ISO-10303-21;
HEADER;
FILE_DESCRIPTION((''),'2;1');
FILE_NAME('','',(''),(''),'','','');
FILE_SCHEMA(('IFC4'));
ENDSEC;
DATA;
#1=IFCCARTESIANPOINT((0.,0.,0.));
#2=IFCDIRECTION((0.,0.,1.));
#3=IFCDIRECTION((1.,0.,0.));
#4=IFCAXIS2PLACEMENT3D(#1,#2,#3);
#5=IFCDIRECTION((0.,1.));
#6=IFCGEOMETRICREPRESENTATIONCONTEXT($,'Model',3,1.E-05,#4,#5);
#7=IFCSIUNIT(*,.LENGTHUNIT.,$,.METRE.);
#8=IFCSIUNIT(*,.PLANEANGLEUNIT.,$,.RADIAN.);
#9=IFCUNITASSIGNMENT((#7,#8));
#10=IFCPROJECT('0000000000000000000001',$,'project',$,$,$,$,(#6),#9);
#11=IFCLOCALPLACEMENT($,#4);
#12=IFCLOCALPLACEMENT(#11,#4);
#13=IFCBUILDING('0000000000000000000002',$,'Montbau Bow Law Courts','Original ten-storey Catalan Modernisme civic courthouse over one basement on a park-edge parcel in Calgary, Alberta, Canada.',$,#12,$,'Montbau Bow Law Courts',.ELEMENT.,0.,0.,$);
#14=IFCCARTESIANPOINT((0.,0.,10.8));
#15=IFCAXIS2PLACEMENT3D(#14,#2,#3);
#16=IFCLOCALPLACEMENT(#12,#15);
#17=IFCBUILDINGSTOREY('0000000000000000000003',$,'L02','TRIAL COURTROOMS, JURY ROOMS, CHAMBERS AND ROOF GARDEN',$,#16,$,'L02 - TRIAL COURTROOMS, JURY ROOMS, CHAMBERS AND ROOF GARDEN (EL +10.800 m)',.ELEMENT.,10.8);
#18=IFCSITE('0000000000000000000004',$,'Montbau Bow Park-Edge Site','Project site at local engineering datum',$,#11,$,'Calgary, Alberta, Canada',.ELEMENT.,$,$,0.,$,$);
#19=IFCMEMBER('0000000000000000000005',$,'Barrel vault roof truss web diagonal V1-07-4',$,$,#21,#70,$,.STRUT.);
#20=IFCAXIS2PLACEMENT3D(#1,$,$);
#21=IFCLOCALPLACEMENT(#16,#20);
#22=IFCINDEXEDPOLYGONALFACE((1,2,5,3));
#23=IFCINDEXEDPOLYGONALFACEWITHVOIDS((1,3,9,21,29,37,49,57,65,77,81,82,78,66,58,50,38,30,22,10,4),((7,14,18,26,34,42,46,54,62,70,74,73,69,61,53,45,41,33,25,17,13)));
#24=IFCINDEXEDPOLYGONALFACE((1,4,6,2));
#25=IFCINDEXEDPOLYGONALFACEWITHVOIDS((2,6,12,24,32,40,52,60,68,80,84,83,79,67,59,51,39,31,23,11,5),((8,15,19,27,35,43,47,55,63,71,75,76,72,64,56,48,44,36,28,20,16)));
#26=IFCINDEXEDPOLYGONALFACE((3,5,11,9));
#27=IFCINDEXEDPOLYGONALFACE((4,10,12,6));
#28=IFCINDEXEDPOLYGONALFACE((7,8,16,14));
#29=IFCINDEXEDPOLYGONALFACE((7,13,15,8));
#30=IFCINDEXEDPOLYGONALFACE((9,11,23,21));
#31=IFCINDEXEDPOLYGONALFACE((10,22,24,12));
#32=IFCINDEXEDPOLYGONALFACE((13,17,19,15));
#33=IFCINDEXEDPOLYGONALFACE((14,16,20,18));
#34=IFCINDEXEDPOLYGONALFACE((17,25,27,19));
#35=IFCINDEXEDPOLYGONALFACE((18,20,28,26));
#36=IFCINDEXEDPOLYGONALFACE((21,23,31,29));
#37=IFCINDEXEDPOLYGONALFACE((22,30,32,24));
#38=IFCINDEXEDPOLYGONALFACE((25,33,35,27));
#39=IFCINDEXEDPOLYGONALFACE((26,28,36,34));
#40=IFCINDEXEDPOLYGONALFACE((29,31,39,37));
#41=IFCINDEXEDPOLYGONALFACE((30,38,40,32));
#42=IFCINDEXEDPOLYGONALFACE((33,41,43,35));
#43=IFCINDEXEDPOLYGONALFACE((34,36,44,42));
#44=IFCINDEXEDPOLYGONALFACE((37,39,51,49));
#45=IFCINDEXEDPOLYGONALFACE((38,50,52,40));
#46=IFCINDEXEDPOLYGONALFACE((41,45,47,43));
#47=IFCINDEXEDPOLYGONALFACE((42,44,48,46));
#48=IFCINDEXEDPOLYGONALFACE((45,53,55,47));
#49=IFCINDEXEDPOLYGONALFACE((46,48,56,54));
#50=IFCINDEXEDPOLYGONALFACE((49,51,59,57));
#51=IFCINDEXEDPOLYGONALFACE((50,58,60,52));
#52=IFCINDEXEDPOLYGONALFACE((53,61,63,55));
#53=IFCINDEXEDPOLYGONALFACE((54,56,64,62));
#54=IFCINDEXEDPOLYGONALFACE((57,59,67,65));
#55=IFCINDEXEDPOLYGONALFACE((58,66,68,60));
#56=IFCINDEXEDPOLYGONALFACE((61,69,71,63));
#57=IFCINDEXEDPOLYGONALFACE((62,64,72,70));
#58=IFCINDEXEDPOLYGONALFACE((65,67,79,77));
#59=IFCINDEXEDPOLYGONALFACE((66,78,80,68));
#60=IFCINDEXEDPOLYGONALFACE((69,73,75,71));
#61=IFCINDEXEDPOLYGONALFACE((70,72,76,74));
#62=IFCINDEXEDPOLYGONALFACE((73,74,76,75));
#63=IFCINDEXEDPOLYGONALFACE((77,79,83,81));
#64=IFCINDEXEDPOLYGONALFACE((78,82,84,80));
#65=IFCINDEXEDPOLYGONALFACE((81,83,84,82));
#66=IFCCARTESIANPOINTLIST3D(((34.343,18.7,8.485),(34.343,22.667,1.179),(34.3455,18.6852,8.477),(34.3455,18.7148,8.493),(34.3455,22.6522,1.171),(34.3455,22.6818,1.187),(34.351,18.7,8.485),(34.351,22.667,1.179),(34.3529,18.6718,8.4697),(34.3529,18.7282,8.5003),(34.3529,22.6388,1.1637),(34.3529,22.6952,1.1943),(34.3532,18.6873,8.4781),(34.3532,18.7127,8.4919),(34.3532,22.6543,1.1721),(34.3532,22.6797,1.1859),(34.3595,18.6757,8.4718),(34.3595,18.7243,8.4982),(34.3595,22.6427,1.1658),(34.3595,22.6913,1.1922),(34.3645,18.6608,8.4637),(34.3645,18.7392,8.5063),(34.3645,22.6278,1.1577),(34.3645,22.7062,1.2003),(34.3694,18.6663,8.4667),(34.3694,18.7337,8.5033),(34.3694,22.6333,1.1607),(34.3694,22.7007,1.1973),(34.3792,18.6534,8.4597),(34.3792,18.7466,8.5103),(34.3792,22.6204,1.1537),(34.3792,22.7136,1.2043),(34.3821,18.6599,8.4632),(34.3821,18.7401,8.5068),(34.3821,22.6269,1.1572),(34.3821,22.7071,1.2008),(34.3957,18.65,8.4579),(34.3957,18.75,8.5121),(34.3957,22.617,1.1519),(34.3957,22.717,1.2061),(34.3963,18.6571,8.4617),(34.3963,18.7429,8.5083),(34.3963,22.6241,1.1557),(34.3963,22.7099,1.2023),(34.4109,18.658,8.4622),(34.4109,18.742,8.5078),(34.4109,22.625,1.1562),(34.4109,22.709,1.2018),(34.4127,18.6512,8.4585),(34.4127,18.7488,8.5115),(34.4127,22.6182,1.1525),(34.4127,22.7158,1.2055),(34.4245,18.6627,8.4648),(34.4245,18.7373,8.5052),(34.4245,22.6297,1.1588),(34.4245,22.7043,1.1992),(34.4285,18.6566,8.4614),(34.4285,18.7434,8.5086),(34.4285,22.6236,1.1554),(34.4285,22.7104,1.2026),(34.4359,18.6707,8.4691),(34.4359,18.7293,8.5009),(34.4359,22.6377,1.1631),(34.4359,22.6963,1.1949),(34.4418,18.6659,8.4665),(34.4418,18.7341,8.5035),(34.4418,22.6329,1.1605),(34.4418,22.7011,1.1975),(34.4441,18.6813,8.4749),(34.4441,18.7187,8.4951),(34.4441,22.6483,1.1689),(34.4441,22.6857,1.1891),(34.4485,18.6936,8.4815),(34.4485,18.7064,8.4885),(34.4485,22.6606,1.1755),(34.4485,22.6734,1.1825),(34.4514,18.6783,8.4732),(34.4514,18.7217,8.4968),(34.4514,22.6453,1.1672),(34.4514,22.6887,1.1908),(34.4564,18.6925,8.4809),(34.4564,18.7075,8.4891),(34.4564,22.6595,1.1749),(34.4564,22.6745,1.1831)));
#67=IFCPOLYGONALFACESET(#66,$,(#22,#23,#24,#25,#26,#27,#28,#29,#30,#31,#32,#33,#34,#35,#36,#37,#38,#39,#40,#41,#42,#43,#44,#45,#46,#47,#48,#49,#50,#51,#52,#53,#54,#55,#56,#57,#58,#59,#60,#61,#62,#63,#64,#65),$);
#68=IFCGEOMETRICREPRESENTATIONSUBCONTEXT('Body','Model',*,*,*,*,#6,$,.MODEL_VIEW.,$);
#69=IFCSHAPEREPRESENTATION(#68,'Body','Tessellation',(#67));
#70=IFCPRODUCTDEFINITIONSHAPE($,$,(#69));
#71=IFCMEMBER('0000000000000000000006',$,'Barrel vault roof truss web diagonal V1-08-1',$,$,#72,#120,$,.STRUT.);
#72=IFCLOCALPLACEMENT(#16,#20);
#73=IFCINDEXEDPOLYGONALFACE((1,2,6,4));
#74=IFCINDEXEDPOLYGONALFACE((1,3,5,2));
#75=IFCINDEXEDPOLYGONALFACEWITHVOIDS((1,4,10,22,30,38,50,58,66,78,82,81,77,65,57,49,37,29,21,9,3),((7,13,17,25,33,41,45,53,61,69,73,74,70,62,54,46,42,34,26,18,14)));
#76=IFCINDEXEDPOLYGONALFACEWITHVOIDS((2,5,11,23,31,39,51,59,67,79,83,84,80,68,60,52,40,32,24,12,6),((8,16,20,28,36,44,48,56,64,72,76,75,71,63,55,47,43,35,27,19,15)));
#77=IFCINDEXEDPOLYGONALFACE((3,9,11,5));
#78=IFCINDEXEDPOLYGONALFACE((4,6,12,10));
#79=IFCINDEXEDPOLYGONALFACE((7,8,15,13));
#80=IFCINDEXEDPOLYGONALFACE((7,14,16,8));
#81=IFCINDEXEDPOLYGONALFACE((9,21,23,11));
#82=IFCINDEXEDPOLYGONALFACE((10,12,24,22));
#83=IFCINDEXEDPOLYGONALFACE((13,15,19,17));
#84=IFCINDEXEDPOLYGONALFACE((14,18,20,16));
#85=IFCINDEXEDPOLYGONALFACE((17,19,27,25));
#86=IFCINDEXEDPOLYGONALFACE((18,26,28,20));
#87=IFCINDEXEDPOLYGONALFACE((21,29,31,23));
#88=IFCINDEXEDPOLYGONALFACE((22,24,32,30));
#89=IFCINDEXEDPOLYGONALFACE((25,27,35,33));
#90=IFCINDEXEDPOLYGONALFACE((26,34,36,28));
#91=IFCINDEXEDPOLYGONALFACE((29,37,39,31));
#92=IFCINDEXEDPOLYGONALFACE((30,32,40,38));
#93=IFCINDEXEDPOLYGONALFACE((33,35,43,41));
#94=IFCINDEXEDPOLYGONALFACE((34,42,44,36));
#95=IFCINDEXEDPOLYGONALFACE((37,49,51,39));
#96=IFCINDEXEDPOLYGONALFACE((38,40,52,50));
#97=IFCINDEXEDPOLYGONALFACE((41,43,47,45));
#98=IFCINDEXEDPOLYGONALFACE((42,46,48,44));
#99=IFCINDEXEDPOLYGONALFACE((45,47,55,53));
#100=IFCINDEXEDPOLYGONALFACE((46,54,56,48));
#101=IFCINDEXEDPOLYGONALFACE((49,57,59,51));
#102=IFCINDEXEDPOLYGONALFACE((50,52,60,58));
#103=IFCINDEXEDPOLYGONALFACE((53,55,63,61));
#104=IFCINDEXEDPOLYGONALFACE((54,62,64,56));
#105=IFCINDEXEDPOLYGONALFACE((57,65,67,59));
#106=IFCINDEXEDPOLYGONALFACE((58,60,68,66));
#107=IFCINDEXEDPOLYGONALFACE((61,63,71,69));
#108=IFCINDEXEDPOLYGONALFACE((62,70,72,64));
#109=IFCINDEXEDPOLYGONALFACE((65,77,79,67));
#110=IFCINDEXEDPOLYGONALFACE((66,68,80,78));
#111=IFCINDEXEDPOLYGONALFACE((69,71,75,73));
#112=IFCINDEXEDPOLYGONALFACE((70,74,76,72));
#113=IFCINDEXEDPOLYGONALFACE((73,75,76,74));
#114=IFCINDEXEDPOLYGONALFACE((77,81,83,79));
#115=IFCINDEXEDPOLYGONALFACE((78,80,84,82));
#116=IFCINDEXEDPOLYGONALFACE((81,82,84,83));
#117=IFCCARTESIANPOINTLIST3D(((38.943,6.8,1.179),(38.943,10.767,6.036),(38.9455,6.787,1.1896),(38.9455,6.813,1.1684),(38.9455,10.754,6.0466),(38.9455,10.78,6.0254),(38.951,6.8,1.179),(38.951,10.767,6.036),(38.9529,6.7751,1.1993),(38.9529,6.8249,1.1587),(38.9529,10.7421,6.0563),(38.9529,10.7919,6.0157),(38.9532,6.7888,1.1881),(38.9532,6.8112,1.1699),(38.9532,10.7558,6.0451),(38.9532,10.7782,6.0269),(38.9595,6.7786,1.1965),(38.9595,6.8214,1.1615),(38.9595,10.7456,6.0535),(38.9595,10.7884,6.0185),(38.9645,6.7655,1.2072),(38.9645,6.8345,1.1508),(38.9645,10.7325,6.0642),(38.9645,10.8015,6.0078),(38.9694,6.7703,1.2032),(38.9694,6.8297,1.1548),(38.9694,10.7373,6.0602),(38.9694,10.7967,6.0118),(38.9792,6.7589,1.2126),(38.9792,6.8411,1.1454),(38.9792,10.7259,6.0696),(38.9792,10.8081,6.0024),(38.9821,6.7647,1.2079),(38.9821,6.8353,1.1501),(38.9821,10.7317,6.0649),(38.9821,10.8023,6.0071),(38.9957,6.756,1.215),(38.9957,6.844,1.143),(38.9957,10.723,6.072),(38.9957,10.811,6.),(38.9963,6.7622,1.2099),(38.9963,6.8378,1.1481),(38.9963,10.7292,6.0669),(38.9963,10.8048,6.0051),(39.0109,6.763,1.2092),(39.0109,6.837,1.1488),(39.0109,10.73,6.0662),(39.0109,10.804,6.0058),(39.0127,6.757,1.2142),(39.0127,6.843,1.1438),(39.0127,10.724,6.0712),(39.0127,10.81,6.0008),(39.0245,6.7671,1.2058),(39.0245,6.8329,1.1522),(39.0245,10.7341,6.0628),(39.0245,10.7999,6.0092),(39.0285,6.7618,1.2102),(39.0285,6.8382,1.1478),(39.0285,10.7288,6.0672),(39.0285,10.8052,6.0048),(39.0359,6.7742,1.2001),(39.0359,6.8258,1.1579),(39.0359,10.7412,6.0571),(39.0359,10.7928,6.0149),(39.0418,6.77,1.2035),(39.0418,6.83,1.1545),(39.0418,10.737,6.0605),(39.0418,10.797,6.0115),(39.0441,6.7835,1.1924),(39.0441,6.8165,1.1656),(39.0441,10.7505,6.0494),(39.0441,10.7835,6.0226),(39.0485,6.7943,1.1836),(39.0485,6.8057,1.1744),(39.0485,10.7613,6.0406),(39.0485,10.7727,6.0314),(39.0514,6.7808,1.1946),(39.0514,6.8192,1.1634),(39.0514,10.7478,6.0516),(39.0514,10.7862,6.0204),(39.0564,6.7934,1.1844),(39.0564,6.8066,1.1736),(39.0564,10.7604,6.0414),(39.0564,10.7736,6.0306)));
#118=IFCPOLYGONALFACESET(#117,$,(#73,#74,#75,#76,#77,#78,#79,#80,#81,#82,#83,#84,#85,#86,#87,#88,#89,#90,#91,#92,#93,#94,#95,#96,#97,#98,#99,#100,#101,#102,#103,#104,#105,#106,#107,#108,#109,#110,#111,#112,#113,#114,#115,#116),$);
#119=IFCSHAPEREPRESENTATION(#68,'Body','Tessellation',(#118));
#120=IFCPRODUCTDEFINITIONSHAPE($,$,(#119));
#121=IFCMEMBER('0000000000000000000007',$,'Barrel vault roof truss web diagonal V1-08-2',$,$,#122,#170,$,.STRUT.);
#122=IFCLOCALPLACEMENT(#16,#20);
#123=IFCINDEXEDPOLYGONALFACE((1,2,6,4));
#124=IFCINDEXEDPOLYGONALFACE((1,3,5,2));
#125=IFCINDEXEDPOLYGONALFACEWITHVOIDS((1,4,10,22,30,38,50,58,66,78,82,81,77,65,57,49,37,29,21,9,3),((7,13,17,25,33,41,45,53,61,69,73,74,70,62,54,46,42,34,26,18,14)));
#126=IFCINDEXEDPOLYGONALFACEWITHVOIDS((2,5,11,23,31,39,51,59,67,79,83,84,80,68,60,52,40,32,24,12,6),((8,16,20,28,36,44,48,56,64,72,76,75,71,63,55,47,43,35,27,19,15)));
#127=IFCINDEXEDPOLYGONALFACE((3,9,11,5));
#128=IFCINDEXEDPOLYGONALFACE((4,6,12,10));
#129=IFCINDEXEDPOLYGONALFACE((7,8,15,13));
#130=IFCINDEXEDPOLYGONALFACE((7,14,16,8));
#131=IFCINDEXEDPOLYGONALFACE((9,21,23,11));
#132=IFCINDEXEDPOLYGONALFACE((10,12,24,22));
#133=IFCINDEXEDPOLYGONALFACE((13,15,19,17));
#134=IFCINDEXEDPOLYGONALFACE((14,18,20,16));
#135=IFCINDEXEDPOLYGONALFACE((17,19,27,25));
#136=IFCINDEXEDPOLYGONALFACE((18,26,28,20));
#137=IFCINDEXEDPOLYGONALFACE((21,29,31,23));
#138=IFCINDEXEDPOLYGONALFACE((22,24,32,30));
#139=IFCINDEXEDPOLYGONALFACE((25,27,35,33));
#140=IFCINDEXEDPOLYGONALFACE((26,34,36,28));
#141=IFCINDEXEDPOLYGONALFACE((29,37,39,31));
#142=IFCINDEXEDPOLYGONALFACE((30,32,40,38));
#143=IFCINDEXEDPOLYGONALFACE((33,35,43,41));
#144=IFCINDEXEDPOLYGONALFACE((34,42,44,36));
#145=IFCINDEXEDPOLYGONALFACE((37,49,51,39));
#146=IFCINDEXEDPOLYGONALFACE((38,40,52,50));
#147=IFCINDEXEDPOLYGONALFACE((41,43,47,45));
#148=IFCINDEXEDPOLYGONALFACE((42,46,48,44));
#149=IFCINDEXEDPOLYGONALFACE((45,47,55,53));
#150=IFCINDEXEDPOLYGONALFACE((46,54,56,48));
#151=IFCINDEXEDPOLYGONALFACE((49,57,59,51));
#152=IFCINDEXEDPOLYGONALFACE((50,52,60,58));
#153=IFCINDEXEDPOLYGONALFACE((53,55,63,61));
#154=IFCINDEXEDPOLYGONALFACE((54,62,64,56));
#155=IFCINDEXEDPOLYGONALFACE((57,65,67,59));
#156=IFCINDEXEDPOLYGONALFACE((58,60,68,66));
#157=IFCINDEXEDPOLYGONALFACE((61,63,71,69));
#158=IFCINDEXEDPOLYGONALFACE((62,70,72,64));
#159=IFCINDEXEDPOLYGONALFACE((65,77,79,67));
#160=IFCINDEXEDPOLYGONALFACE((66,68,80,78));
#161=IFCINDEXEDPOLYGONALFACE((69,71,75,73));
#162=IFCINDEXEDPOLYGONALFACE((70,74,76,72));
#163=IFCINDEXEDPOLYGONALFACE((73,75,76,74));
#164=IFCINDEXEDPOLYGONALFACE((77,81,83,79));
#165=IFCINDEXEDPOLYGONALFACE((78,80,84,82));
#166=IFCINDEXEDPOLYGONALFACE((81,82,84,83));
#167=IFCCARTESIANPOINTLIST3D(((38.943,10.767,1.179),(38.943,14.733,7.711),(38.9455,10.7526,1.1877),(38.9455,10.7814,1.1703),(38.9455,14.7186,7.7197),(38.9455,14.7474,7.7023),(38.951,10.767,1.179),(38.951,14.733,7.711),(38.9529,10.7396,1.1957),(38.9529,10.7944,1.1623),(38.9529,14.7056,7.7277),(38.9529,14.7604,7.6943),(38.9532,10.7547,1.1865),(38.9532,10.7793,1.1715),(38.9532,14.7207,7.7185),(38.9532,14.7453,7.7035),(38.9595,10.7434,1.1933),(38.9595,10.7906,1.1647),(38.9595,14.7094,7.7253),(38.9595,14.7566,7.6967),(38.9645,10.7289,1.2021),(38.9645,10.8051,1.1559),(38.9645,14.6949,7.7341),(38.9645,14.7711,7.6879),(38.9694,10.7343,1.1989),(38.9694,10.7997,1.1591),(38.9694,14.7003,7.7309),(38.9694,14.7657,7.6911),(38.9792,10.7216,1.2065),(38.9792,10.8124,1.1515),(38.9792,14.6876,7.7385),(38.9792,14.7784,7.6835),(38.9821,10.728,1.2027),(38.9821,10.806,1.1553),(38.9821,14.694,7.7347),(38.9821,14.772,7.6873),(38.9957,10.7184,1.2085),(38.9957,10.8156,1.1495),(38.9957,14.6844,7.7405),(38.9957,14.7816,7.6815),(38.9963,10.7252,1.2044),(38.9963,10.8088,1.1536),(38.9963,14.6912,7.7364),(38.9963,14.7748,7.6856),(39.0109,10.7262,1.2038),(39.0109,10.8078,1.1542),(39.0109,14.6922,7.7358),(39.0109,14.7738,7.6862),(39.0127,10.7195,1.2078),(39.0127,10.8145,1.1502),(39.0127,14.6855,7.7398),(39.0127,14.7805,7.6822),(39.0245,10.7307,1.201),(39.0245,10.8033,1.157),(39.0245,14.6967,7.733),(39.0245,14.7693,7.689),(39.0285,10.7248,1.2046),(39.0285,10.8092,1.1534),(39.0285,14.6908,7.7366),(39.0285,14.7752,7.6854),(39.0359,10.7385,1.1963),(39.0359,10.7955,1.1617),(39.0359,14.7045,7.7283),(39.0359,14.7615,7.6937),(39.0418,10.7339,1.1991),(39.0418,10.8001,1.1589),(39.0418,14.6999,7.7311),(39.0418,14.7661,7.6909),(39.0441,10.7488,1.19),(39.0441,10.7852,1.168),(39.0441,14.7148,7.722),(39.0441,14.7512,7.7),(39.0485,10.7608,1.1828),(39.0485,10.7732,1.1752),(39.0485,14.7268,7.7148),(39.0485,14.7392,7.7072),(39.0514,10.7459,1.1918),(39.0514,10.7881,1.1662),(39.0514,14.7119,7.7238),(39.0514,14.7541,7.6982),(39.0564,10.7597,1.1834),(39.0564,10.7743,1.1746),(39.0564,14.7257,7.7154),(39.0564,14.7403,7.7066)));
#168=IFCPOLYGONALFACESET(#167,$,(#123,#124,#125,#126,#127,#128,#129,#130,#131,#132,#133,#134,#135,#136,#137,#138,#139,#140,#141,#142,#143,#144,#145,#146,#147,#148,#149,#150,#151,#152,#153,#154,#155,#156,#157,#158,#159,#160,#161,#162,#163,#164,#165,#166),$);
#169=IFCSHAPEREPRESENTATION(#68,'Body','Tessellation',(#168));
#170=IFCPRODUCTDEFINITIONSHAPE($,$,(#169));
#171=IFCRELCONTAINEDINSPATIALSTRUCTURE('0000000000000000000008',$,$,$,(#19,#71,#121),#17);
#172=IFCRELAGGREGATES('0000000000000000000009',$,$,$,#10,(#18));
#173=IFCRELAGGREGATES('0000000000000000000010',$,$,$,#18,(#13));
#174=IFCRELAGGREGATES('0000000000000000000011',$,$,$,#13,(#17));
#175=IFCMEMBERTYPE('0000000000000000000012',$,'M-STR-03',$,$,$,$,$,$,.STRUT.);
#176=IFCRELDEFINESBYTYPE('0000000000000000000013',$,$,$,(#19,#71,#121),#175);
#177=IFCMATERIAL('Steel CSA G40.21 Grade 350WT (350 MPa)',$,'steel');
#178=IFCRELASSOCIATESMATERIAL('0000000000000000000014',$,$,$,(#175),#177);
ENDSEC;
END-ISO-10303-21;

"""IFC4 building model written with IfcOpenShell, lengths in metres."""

from ifc_helpers import new_model, si_unit, direction, frame, origin_with_axes, origin_2d_with_axis, place, context, subcontext, project, spatial, hollow_circle, extrude, material, material_profile, profile_set, type_object, element, save


model = new_model("IFC4")

# Units and contexts
model_context = context("Model", 3, precision=1e-05, world=origin_with_axes(), true_north=direction((0.0, 1.0)))
body_context = subcontext(model_context, "Body", "Model", "MODEL_VIEW")
ifc_project = project(units=[si_unit("LENGTHUNIT", "METRE"), si_unit("PLANEANGLEUNIT", "RADIAN")], contexts=[model_context])

# Site, building, storey
site_placement = place(None, origin_with_axes())
site = spatial("IfcSite", under=ifc_project, at=site_placement, Name="Montbau Bow Park-Edge Site", Description="Project site at local engineering datum", LongName="Calgary, Alberta, Canada", CompositionType="ELEMENT", RefElevation=0.0)
building_placement = place(site_placement, origin_with_axes())
building = spatial("IfcBuilding", under=site, at=building_placement, Name="Montbau Bow Law Courts", Description="Original ten-storey Catalan Modernisme civic courthouse over one basement on a park-edge parcel in Calgary, Alberta, Canada.", LongName="Montbau Bow Law Courts", CompositionType="ELEMENT", ElevationOfRefHeight=0.0, ElevationOfTerrain=0.0)
storey_placement = place(building_placement, frame((0.0, 0.0, 10.8), z_axis=(0.0, 0.0, 1.0), x_axis=(1.0, 0.0, 0.0)))
storey = spatial("IfcBuildingStorey", under=building, at=storey_placement, Name="L02", Description="TRIAL COURTROOMS, JURY ROOMS, CHAMBERS AND ROOF GARDEN", LongName="L02 - TRIAL COURTROOMS, JURY ROOMS, CHAMBERS AND ROOF GARDEN (EL +10.800 m)", CompositionType="ELEMENT", Elevation=10.8)

# Shared definitions
ifc_material_1 = material(Name="Steel CSA G40.21 Grade 350WT (350 MPa)", Category="steel")

# Members
ifc_material_profile_1 = material_profile(ifc_material_1, hollow_circle(Radius=0.057, WallThickness=0.008, at=origin_2d_with_axis()), Name="HSS114X8.0", Category="Main", Priority=0)
ifc_profile_set_1 = profile_set([ifc_material_profile_1], Name="Steel CSA G40.21 Grade 350WT (350 MPa)")
member_type_1 = type_object("IfcMemberType", Name="M-STR-03", PredefinedType="STRUT", material=ifc_profile_set_1)
for number, where, z_axis, x_axis, name in (
    (1, (34.4, 18.7, 19.285), (0.0, 0.477174, -0.878809), (-1.0, 0.0, 0.0), "Barrel vault roof truss web diagonal V1-07-4"),
):
    element("IfcMember", number, at=place(None, frame(where, z_axis=z_axis, x_axis=x_axis)), inside=storey, type_object=member_type_1, Name=name, PredefinedType="STRUT", context=body_context, shape_type="SweptSolid", body=[
        extrude(hollow_circle(Radius=0.057, WallThickness=0.008, at=origin_2d_with_axis()), origin_with_axes(), (0.0, 0.0, 1.0), 8.3135),
    ])
member_1_placement = place(None, frame((39.0, 6.8, 11.979), z_axis=(0.0, 0.632578, 0.774497), x_axis=(-1.0, 0.0, 0.0)))
element("IfcMember", 2, at=member_1_placement, inside=storey, type_object=member_type_1, Name="Barrel vault roof truss web diagonal V1-08-1", PredefinedType="STRUT", context=body_context, shape_type="SweptSolid", body=[
    extrude(hollow_circle(Radius=0.057, WallThickness=0.008, at=origin_2d_with_axis()), origin_with_axes(), (0.0, 0.0, 1.0), 6.2712),
])
member_2_placement = place(None, frame((39.0, 10.767, 11.979), z_axis=(0.0, 0.518992, 0.854779), x_axis=(-1.0, 0.0, 0.0)))
element("IfcMember", 3, at=member_2_placement, inside=storey, type_object=member_type_1, Name="Barrel vault roof truss web diagonal V1-08-2", PredefinedType="STRUT", context=body_context, shape_type="SweptSolid", body=[
    extrude(hollow_circle(Radius=0.057, WallThickness=0.008, at=origin_2d_with_axis()), origin_with_axes(), (0.0, 0.0, 1.0), 7.6417),
])

save(model, "model.ifc")
